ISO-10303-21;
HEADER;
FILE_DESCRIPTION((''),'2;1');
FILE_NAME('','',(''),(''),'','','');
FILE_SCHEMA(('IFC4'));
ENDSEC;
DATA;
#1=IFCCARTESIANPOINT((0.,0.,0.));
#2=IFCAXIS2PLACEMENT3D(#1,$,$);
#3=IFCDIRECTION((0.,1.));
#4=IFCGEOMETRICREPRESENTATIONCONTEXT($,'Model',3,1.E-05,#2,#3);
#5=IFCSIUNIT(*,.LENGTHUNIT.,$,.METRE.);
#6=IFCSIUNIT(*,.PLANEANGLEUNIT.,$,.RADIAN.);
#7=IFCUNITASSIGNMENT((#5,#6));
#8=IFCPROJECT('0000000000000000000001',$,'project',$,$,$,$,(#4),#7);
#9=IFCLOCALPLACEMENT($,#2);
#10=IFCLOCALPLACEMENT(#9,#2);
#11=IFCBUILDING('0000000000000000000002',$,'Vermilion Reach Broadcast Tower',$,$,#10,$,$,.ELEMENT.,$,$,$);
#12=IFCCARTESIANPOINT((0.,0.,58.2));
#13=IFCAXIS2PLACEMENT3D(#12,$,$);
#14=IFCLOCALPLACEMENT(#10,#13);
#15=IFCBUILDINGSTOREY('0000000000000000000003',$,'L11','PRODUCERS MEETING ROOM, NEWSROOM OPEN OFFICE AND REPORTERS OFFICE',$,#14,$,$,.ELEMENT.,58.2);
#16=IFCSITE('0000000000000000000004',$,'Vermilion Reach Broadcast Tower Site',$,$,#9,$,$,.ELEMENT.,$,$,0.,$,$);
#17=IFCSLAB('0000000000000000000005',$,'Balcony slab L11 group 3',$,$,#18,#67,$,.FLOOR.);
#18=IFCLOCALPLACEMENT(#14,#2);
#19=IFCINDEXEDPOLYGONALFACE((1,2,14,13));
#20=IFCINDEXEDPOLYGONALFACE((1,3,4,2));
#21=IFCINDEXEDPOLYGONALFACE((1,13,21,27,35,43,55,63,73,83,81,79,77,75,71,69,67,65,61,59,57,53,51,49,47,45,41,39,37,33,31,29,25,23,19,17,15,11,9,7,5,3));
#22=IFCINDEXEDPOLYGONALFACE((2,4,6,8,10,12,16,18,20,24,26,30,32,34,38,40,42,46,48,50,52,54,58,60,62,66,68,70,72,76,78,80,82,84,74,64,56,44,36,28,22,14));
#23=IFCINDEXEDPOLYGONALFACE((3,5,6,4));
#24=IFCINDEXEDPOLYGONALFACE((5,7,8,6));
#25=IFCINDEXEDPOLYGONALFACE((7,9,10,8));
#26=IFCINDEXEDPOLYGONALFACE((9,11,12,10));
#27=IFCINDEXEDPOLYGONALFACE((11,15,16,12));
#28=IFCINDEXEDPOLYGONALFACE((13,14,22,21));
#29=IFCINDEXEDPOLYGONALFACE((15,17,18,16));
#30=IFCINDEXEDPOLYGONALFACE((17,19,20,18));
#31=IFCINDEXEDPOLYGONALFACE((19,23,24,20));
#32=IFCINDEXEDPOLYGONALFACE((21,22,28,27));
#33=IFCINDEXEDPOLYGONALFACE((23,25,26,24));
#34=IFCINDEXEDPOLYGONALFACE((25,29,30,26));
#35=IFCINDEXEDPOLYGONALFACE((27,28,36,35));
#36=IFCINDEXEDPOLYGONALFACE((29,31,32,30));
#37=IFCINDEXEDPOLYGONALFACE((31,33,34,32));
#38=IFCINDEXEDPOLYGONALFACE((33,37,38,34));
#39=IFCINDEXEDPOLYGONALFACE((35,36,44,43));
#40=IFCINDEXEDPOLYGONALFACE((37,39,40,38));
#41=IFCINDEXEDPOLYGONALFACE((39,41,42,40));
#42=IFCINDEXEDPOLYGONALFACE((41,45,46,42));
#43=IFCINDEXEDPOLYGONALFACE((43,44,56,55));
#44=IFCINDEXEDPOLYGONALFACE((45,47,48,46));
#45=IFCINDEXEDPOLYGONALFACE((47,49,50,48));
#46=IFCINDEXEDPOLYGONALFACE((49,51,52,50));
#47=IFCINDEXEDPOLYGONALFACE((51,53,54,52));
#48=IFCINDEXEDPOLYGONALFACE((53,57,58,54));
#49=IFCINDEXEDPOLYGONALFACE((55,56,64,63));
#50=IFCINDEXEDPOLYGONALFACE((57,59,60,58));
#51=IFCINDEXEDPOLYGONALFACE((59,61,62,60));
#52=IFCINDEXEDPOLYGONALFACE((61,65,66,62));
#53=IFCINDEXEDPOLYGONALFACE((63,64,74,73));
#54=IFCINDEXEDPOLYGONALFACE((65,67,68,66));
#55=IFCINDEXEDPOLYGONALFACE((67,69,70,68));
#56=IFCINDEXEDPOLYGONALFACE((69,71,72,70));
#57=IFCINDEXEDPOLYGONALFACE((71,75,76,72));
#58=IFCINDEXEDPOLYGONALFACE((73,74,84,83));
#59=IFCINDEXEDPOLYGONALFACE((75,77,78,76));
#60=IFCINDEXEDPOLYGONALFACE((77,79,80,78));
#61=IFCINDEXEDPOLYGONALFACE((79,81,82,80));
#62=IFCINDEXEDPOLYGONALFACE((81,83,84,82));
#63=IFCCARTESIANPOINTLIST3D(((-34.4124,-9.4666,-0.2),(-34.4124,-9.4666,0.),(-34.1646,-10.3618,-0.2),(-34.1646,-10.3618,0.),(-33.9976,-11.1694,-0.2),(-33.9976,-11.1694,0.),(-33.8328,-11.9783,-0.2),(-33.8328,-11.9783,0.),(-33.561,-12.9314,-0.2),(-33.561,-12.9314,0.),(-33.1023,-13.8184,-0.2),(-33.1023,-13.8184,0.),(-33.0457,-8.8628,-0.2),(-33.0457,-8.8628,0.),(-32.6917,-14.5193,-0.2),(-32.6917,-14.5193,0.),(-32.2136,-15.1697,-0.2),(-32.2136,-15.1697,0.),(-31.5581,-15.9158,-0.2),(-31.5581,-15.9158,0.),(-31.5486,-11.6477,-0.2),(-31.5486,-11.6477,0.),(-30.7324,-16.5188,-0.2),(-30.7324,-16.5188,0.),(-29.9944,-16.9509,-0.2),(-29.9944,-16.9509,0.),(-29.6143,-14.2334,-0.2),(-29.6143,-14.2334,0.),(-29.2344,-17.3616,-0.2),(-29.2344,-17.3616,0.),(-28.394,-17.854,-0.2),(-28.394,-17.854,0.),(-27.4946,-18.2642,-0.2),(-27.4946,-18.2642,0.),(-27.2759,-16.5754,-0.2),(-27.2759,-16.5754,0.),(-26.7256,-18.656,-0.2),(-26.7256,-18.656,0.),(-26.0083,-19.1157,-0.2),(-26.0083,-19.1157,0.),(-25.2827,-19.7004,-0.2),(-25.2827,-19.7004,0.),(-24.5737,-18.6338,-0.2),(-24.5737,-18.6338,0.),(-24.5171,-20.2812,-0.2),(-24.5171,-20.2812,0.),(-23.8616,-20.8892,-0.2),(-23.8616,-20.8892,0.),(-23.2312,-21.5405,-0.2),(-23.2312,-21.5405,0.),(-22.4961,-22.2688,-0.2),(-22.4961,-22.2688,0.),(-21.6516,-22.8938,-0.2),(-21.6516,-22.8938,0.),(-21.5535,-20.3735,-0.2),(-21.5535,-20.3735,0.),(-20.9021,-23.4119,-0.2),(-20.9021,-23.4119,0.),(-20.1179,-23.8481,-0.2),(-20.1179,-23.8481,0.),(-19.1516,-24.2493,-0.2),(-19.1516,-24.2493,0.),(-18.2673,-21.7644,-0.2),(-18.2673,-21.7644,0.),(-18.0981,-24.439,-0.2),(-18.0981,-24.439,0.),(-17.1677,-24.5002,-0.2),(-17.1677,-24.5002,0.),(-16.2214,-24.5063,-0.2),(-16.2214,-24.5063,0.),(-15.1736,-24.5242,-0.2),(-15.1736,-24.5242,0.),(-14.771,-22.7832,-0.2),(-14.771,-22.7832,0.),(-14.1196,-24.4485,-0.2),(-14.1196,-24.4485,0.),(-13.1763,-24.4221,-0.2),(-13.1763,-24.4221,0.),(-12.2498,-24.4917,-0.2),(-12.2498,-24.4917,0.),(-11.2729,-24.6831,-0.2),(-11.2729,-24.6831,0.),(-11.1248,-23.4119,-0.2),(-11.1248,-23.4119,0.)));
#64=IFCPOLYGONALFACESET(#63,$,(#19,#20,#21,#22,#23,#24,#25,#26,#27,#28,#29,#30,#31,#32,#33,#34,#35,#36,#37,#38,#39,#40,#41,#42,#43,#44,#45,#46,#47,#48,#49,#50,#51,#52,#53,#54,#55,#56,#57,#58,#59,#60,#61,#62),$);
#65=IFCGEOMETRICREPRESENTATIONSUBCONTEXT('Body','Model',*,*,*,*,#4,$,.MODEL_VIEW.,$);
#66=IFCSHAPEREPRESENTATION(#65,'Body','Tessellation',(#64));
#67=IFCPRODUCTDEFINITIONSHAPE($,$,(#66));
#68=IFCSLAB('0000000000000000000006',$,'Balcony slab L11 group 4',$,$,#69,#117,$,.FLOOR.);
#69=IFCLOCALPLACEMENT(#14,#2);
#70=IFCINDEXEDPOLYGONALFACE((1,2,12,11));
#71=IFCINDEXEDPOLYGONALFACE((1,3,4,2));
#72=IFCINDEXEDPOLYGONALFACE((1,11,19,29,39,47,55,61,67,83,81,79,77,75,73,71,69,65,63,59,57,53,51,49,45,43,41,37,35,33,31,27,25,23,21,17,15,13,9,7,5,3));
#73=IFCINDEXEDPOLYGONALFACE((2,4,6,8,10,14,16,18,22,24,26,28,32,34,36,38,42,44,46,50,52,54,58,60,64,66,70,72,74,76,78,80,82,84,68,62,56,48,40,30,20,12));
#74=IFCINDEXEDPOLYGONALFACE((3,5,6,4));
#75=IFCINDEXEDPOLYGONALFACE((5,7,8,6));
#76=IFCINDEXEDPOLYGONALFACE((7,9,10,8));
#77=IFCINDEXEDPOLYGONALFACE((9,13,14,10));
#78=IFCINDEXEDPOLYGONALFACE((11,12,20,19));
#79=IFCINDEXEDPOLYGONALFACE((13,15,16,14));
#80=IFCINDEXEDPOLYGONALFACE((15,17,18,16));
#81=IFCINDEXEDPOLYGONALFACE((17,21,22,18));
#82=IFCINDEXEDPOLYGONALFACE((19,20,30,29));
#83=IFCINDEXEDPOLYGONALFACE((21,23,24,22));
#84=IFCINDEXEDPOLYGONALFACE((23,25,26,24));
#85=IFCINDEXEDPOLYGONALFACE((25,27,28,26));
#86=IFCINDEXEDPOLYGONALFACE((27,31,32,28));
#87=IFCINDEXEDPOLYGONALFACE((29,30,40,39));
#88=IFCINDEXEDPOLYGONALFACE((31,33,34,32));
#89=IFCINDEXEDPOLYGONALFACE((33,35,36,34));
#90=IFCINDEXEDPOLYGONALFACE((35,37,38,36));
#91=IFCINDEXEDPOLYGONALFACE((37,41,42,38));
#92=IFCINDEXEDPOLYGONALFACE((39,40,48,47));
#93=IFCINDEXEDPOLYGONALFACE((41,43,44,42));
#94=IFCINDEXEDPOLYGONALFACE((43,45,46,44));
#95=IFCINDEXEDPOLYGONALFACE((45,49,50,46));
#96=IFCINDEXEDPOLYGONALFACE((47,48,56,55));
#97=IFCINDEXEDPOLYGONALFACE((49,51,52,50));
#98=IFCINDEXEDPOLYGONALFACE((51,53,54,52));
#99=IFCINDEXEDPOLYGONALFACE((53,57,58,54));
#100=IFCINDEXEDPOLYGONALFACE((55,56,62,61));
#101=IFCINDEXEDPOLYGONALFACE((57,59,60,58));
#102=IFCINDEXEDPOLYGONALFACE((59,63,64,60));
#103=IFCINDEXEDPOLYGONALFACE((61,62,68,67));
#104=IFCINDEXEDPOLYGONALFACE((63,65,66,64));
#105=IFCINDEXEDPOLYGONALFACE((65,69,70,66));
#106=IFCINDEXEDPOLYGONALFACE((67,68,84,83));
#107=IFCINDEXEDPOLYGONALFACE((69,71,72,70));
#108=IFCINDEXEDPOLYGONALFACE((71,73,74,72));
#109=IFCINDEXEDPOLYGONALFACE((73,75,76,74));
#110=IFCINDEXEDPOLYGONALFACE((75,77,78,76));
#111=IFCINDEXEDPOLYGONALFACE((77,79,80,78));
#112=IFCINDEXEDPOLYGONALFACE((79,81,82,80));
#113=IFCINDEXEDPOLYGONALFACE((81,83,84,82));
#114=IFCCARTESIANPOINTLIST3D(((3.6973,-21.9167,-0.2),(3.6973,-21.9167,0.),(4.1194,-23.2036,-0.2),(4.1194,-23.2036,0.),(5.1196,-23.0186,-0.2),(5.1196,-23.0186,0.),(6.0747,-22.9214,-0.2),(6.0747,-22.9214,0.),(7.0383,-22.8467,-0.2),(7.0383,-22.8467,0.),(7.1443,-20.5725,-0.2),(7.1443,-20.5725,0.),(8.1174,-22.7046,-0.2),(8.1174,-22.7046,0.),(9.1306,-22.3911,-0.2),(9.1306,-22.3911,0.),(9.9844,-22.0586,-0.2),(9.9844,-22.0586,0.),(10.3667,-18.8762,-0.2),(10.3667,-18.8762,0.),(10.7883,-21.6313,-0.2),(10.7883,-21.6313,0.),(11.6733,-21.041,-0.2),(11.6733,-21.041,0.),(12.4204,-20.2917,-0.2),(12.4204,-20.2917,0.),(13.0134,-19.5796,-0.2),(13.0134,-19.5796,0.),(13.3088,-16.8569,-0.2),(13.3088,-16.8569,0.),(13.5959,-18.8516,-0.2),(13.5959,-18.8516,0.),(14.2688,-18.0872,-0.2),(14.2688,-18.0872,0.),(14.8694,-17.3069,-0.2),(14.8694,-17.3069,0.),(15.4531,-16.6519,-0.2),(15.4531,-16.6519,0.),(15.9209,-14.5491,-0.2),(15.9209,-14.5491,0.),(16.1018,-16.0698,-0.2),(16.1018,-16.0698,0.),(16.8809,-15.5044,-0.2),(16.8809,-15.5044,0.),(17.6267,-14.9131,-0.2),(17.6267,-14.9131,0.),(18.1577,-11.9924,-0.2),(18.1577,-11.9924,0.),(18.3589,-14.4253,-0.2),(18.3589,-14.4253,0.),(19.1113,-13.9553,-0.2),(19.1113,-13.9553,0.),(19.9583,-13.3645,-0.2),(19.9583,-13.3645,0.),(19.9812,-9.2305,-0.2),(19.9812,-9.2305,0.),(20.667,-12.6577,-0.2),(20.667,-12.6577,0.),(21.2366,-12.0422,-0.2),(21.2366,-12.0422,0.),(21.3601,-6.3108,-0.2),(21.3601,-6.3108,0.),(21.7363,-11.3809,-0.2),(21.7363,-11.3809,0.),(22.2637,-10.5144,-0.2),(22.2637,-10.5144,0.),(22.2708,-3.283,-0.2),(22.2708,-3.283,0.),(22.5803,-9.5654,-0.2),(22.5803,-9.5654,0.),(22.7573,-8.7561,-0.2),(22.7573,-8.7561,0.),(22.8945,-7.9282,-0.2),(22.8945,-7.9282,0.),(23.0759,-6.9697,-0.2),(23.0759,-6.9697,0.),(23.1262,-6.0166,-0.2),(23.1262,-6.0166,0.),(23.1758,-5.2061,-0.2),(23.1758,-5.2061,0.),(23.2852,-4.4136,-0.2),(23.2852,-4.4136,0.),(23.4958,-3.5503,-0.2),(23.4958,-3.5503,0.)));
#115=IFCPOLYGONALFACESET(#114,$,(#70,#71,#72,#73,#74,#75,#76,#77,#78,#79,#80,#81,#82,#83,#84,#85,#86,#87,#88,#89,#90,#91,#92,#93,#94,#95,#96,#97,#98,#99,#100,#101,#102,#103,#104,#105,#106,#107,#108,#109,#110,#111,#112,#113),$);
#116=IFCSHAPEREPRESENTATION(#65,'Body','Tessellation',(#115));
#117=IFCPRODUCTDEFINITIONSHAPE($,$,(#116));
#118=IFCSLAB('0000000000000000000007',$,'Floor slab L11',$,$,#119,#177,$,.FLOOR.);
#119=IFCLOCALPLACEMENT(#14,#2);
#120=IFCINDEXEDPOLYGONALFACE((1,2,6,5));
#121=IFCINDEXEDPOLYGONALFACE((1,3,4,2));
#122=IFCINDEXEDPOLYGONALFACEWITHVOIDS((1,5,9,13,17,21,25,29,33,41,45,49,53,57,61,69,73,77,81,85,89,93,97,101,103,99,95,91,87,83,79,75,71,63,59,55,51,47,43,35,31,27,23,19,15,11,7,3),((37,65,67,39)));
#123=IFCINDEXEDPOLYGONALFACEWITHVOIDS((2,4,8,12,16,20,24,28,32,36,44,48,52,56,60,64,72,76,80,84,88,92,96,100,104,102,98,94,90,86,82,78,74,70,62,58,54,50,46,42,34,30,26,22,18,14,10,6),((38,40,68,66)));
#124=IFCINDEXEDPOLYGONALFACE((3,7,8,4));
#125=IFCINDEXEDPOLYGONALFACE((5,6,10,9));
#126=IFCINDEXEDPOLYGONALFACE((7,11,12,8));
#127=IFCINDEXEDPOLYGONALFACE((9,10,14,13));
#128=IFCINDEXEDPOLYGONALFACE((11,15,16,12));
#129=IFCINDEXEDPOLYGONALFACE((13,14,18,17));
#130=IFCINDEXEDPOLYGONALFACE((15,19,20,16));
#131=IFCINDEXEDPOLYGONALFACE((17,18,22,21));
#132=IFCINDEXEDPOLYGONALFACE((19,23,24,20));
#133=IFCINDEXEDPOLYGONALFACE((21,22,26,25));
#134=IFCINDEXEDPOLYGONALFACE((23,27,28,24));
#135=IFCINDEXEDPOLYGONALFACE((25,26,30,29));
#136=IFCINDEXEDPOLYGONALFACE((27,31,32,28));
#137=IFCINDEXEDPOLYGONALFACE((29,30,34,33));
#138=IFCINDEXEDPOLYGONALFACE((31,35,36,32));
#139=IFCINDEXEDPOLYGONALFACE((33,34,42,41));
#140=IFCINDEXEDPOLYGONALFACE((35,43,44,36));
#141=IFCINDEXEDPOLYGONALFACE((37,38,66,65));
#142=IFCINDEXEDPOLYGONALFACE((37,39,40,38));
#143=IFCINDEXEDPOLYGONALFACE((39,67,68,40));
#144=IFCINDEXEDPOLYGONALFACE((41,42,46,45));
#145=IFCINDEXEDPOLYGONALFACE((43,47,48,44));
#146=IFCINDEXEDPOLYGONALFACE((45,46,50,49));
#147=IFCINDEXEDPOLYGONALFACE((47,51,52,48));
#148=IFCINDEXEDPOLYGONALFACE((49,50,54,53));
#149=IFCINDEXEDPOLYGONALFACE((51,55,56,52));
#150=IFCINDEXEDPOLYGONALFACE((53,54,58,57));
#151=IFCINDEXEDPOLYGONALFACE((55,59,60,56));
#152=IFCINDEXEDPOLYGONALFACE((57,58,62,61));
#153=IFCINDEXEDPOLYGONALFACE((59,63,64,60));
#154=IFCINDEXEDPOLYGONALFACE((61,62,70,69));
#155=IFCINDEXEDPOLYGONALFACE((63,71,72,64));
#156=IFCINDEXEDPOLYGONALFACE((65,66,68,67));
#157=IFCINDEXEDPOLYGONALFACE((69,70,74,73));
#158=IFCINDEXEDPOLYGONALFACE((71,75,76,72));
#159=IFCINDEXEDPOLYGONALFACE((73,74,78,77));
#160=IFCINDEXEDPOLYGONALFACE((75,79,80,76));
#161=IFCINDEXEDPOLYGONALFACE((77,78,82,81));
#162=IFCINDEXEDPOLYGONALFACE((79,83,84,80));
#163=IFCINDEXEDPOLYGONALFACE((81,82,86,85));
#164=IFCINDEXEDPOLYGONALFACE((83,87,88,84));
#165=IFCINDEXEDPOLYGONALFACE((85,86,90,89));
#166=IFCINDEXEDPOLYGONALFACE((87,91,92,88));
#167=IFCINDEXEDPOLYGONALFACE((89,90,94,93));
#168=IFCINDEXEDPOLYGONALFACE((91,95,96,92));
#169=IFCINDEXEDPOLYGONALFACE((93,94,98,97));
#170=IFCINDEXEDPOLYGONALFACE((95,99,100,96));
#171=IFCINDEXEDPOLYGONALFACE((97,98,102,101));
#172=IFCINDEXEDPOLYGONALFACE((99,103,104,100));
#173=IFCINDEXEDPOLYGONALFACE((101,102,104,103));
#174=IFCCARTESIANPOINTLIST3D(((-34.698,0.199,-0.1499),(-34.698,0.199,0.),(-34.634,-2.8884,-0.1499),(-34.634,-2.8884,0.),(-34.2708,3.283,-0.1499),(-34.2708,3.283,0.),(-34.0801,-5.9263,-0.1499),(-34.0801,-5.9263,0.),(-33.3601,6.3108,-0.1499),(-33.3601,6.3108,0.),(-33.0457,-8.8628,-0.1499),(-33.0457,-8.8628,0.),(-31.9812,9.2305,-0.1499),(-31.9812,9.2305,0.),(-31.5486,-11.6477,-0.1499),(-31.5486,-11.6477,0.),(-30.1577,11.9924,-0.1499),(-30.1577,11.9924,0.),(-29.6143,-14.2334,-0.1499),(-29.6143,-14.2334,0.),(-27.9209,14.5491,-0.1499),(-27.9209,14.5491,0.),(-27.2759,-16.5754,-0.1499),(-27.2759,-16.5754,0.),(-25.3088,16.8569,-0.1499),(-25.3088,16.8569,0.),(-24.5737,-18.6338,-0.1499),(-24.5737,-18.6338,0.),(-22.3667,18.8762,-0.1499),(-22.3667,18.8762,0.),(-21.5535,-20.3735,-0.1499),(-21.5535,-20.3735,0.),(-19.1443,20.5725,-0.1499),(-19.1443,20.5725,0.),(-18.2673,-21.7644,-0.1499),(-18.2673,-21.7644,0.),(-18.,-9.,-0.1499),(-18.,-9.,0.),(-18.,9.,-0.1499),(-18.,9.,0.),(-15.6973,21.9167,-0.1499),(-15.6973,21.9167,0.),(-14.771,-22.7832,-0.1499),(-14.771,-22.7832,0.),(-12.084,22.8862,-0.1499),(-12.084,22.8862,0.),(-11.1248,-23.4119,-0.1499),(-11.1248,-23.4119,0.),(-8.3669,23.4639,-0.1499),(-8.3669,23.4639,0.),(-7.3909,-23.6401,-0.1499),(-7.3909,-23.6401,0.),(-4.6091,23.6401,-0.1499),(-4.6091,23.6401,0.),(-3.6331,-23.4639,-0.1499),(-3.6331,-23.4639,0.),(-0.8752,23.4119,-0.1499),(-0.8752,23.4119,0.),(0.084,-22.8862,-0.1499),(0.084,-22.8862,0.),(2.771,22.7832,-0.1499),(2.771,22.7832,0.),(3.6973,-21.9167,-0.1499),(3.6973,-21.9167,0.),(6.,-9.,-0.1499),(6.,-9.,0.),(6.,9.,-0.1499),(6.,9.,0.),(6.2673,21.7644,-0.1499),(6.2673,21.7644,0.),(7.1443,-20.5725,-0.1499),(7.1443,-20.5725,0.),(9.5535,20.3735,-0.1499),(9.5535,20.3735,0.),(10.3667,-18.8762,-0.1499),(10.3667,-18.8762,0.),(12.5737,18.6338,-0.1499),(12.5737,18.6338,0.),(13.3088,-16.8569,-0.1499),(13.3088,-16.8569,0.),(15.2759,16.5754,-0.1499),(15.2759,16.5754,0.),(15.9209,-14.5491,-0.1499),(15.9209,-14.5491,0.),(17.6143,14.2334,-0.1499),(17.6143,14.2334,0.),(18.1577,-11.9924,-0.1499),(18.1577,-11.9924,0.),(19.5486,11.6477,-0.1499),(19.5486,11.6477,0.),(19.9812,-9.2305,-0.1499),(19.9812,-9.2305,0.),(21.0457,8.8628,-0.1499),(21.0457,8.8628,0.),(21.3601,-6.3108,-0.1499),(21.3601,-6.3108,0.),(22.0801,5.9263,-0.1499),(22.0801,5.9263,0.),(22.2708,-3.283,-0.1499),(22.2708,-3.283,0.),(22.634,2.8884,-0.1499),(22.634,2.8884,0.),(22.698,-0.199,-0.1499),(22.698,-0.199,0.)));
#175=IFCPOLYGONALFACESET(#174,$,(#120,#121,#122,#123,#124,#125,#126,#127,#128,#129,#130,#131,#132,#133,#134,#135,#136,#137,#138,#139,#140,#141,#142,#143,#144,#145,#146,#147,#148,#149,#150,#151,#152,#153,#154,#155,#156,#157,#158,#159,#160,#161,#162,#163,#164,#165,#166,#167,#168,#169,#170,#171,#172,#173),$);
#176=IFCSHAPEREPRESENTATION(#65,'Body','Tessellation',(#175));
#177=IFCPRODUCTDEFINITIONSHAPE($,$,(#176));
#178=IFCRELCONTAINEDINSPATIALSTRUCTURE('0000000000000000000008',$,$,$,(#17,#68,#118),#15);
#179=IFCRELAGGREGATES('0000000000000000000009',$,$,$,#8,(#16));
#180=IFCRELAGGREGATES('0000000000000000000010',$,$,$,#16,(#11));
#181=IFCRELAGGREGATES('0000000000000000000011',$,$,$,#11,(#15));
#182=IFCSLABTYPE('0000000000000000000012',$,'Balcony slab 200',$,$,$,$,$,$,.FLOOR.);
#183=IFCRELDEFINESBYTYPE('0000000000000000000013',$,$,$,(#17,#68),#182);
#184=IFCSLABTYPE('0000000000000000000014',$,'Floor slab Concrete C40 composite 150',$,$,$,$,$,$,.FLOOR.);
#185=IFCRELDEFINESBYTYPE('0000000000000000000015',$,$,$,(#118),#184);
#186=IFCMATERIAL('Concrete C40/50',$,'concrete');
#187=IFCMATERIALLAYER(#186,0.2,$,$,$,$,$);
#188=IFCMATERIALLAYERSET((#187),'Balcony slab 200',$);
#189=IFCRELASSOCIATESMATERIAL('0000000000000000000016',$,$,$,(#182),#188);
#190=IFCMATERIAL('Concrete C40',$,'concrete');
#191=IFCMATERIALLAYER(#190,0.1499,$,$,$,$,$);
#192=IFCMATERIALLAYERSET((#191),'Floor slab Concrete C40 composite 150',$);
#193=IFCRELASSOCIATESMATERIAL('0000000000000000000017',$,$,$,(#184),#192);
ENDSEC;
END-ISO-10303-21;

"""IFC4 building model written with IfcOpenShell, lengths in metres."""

from ifc_helpers import new_model, si_unit, direction, frame, origin, place, context, subcontext, project, spatial, polyline, outline, extrude, material, layer, layer_set, type_object, element, save


model = new_model("IFC4")

# Units and contexts
model_context = context("Model", 3, precision=1e-05, world=origin(), true_north=direction((0.0, 1.0)))
body_context = subcontext(model_context, "Body", "Model", "MODEL_VIEW")
ifc_project = project(units=[si_unit("LENGTHUNIT", "METRE"), si_unit("PLANEANGLEUNIT", "RADIAN")], contexts=[model_context])

# Site, building, storey
site_placement = place(None, origin())
site = spatial("IfcSite", under=ifc_project, at=site_placement, Name="Vermilion Reach Broadcast Tower Site", CompositionType="ELEMENT", RefElevation=0.0)
building_placement = place(site_placement, origin())
building = spatial("IfcBuilding", under=site, at=building_placement, Name="Vermilion Reach Broadcast Tower", CompositionType="ELEMENT")
storey_placement = place(building_placement, frame((0.0, 0.0, 58.2)))
storey = spatial("IfcBuildingStorey", under=building, at=storey_placement, Name="L11", Description="PRODUCERS MEETING ROOM, NEWSROOM OPEN OFFICE AND REPORTERS OFFICE", CompositionType="ELEMENT", Elevation=58.2)

# Slabs
ifc_material_1 = material(Name="Concrete C40/50", Category="concrete")
ifc_layer_1 = layer(ifc_material_1, 0.2)
ifc_layer_set_1 = layer_set([ifc_layer_1], Name="Balcony slab 200")
slab_type_1 = type_object("IfcSlabType", Name="Balcony slab 200", PredefinedType="FLOOR", material=ifc_layer_set_1)
placement_1 = place(storey_placement, frame((0.0, 0.0, -0.2)))
element("IfcSlab", 1, at=placement_1, inside=storey, type_object=slab_type_1, Name="Balcony slab L11 group 3", PredefinedType="FLOOR", context=body_context, shape_type="SweptSolid", body=[
    extrude(outline(polyline([(-33.0457, -8.8628), (-31.5486, -11.6477), (-29.6143, -14.2334), (-27.2759, -16.5754), (-24.5737, -18.6338), (-21.5535, -20.3735), (-18.2673, -21.7644), (-14.771, -22.7832), (-11.1248, -23.4119), (-11.2729, -24.6831), (-12.2498, -24.4917), (-13.1763, -24.4221), (-14.1196, -24.4485), (-15.1736, -24.5242), (-16.2214, -24.5063), (-17.1677, -24.5002), (-18.0981, -24.439), (-19.1516, -24.2493), (-20.1179, -23.8481), (-20.9021, -23.4119), (-21.6516, -22.8938), (-22.4961, -22.2688), (-23.2312, -21.5405), (-23.8616, -20.8892), (-24.5171, -20.2812), (-25.2827, -19.7004), (-26.0083, -19.1157), (-26.7256, -18.656), (-27.4946, -18.2642), (-28.394, -17.854), (-29.2344, -17.3616), (-29.9944, -16.9509), (-30.7324, -16.5188), (-31.5581, -15.9158), (-32.2136, -15.1697), (-32.6917, -14.5193), (-33.1023, -13.8184), (-33.561, -12.9314), (-33.8328, -11.9783), (-33.9976, -11.1694), (-34.1646, -10.3618), (-34.4124, -9.4666), (-33.0457, -8.8628)])), origin(), (0.0, 0.0, 1.0), 0.2),
])
element("IfcSlab", 2, at=placement_1, inside=storey, type_object=slab_type_1, Name="Balcony slab L11 group 4", PredefinedType="FLOOR", context=body_context, shape_type="SweptSolid", body=[
    extrude(outline(polyline([(3.6973, -21.9167), (7.1443, -20.5725), (10.3667, -18.8762), (13.3088, -16.8569), (15.9209, -14.5491), (18.1577, -11.9924), (19.9812, -9.2305), (21.3601, -6.3108), (22.2708, -3.283), (23.4958, -3.5503), (23.2852, -4.4136), (23.1758, -5.2061), (23.1262, -6.0166), (23.0759, -6.9697), (22.8945, -7.9282), (22.7573, -8.7561), (22.5803, -9.5654), (22.2637, -10.5144), (21.7363, -11.3809), (21.2366, -12.0422), (20.667, -12.6577), (19.9583, -13.3645), (19.1113, -13.9553), (18.3589, -14.4253), (17.6267, -14.9131), (16.8809, -15.5044), (16.1018, -16.0698), (15.4531, -16.6519), (14.8694, -17.3069), (14.2688, -18.0872), (13.5959, -18.8516), (13.0134, -19.5796), (12.4204, -20.2917), (11.6733, -21.041), (10.7883, -21.6313), (9.9844, -22.0586), (9.1306, -22.3911), (8.1174, -22.7046), (7.0383, -22.8467), (6.0747, -22.9214), (5.1196, -23.0186), (4.1194, -23.2036), (3.6973, -21.9167)])), origin(), (0.0, 0.0, 1.0), 0.2),
])
ifc_material_2 = material(Name="Concrete C40", Category="concrete")
ifc_layer_2 = layer(ifc_material_2, 0.1499)
ifc_layer_set_2 = layer_set([ifc_layer_2], Name="Floor slab Concrete C40 composite 150")
slab_type_2 = type_object("IfcSlabType", Name="Floor slab Concrete C40 composite 150", PredefinedType="FLOOR", material=ifc_layer_set_2)
slab_1_placement = place(storey_placement, frame((0.0, 0.0, -0.1499)))
element("IfcSlab", 3, at=slab_1_placement, inside=storey, type_object=slab_type_2, Name="Floor slab L11", PredefinedType="FLOOR", context=body_context, shape_type="SweptSolid", body=[
    extrude(outline(polyline([(22.634, 2.8884), (22.0801, 5.9263), (21.0457, 8.8628), (19.5486, 11.6477), (17.6143, 14.2334), (15.2759, 16.5754), (12.5737, 18.6338), (9.5535, 20.3735), (6.2673, 21.7644), (2.771, 22.7832), (-0.8752, 23.4119), (-4.6091, 23.6401), (-8.3669, 23.4639), (-12.084, 22.8862), (-15.6973, 21.9167), (-19.1443, 20.5725), (-22.3667, 18.8762), (-25.3088, 16.8569), (-27.9209, 14.5491), (-30.1577, 11.9924), (-31.9812, 9.2305), (-33.3601, 6.3108), (-34.2708, 3.283), (-34.698, 0.199), (-34.634, -2.8884), (-34.0801, -5.9263), (-33.0457, -8.8628), (-31.5486, -11.6477), (-29.6143, -14.2334), (-27.2759, -16.5754), (-24.5737, -18.6338), (-21.5535, -20.3735), (-18.2673, -21.7644), (-14.771, -22.7832), (-11.1248, -23.4119), (-7.3909, -23.6401), (-3.6331, -23.4639), (0.084, -22.8862), (3.6973, -21.9167), (7.1443, -20.5725), (10.3667, -18.8762), (13.3088, -16.8569), (15.9209, -14.5491), (18.1577, -11.9924), (19.9812, -9.2305), (21.3601, -6.3108), (22.2708, -3.283), (22.698, -0.199), (22.634, 2.8884)]), holes=[polyline([(-18.0, -9.0), (6.0, -9.0), (6.0, 9.0), (-18.0, 9.0), (-18.0, -9.0)])]), origin(), (0.0, 0.0, 1.0), 0.1499),
])

save(model, "model.ifc")
